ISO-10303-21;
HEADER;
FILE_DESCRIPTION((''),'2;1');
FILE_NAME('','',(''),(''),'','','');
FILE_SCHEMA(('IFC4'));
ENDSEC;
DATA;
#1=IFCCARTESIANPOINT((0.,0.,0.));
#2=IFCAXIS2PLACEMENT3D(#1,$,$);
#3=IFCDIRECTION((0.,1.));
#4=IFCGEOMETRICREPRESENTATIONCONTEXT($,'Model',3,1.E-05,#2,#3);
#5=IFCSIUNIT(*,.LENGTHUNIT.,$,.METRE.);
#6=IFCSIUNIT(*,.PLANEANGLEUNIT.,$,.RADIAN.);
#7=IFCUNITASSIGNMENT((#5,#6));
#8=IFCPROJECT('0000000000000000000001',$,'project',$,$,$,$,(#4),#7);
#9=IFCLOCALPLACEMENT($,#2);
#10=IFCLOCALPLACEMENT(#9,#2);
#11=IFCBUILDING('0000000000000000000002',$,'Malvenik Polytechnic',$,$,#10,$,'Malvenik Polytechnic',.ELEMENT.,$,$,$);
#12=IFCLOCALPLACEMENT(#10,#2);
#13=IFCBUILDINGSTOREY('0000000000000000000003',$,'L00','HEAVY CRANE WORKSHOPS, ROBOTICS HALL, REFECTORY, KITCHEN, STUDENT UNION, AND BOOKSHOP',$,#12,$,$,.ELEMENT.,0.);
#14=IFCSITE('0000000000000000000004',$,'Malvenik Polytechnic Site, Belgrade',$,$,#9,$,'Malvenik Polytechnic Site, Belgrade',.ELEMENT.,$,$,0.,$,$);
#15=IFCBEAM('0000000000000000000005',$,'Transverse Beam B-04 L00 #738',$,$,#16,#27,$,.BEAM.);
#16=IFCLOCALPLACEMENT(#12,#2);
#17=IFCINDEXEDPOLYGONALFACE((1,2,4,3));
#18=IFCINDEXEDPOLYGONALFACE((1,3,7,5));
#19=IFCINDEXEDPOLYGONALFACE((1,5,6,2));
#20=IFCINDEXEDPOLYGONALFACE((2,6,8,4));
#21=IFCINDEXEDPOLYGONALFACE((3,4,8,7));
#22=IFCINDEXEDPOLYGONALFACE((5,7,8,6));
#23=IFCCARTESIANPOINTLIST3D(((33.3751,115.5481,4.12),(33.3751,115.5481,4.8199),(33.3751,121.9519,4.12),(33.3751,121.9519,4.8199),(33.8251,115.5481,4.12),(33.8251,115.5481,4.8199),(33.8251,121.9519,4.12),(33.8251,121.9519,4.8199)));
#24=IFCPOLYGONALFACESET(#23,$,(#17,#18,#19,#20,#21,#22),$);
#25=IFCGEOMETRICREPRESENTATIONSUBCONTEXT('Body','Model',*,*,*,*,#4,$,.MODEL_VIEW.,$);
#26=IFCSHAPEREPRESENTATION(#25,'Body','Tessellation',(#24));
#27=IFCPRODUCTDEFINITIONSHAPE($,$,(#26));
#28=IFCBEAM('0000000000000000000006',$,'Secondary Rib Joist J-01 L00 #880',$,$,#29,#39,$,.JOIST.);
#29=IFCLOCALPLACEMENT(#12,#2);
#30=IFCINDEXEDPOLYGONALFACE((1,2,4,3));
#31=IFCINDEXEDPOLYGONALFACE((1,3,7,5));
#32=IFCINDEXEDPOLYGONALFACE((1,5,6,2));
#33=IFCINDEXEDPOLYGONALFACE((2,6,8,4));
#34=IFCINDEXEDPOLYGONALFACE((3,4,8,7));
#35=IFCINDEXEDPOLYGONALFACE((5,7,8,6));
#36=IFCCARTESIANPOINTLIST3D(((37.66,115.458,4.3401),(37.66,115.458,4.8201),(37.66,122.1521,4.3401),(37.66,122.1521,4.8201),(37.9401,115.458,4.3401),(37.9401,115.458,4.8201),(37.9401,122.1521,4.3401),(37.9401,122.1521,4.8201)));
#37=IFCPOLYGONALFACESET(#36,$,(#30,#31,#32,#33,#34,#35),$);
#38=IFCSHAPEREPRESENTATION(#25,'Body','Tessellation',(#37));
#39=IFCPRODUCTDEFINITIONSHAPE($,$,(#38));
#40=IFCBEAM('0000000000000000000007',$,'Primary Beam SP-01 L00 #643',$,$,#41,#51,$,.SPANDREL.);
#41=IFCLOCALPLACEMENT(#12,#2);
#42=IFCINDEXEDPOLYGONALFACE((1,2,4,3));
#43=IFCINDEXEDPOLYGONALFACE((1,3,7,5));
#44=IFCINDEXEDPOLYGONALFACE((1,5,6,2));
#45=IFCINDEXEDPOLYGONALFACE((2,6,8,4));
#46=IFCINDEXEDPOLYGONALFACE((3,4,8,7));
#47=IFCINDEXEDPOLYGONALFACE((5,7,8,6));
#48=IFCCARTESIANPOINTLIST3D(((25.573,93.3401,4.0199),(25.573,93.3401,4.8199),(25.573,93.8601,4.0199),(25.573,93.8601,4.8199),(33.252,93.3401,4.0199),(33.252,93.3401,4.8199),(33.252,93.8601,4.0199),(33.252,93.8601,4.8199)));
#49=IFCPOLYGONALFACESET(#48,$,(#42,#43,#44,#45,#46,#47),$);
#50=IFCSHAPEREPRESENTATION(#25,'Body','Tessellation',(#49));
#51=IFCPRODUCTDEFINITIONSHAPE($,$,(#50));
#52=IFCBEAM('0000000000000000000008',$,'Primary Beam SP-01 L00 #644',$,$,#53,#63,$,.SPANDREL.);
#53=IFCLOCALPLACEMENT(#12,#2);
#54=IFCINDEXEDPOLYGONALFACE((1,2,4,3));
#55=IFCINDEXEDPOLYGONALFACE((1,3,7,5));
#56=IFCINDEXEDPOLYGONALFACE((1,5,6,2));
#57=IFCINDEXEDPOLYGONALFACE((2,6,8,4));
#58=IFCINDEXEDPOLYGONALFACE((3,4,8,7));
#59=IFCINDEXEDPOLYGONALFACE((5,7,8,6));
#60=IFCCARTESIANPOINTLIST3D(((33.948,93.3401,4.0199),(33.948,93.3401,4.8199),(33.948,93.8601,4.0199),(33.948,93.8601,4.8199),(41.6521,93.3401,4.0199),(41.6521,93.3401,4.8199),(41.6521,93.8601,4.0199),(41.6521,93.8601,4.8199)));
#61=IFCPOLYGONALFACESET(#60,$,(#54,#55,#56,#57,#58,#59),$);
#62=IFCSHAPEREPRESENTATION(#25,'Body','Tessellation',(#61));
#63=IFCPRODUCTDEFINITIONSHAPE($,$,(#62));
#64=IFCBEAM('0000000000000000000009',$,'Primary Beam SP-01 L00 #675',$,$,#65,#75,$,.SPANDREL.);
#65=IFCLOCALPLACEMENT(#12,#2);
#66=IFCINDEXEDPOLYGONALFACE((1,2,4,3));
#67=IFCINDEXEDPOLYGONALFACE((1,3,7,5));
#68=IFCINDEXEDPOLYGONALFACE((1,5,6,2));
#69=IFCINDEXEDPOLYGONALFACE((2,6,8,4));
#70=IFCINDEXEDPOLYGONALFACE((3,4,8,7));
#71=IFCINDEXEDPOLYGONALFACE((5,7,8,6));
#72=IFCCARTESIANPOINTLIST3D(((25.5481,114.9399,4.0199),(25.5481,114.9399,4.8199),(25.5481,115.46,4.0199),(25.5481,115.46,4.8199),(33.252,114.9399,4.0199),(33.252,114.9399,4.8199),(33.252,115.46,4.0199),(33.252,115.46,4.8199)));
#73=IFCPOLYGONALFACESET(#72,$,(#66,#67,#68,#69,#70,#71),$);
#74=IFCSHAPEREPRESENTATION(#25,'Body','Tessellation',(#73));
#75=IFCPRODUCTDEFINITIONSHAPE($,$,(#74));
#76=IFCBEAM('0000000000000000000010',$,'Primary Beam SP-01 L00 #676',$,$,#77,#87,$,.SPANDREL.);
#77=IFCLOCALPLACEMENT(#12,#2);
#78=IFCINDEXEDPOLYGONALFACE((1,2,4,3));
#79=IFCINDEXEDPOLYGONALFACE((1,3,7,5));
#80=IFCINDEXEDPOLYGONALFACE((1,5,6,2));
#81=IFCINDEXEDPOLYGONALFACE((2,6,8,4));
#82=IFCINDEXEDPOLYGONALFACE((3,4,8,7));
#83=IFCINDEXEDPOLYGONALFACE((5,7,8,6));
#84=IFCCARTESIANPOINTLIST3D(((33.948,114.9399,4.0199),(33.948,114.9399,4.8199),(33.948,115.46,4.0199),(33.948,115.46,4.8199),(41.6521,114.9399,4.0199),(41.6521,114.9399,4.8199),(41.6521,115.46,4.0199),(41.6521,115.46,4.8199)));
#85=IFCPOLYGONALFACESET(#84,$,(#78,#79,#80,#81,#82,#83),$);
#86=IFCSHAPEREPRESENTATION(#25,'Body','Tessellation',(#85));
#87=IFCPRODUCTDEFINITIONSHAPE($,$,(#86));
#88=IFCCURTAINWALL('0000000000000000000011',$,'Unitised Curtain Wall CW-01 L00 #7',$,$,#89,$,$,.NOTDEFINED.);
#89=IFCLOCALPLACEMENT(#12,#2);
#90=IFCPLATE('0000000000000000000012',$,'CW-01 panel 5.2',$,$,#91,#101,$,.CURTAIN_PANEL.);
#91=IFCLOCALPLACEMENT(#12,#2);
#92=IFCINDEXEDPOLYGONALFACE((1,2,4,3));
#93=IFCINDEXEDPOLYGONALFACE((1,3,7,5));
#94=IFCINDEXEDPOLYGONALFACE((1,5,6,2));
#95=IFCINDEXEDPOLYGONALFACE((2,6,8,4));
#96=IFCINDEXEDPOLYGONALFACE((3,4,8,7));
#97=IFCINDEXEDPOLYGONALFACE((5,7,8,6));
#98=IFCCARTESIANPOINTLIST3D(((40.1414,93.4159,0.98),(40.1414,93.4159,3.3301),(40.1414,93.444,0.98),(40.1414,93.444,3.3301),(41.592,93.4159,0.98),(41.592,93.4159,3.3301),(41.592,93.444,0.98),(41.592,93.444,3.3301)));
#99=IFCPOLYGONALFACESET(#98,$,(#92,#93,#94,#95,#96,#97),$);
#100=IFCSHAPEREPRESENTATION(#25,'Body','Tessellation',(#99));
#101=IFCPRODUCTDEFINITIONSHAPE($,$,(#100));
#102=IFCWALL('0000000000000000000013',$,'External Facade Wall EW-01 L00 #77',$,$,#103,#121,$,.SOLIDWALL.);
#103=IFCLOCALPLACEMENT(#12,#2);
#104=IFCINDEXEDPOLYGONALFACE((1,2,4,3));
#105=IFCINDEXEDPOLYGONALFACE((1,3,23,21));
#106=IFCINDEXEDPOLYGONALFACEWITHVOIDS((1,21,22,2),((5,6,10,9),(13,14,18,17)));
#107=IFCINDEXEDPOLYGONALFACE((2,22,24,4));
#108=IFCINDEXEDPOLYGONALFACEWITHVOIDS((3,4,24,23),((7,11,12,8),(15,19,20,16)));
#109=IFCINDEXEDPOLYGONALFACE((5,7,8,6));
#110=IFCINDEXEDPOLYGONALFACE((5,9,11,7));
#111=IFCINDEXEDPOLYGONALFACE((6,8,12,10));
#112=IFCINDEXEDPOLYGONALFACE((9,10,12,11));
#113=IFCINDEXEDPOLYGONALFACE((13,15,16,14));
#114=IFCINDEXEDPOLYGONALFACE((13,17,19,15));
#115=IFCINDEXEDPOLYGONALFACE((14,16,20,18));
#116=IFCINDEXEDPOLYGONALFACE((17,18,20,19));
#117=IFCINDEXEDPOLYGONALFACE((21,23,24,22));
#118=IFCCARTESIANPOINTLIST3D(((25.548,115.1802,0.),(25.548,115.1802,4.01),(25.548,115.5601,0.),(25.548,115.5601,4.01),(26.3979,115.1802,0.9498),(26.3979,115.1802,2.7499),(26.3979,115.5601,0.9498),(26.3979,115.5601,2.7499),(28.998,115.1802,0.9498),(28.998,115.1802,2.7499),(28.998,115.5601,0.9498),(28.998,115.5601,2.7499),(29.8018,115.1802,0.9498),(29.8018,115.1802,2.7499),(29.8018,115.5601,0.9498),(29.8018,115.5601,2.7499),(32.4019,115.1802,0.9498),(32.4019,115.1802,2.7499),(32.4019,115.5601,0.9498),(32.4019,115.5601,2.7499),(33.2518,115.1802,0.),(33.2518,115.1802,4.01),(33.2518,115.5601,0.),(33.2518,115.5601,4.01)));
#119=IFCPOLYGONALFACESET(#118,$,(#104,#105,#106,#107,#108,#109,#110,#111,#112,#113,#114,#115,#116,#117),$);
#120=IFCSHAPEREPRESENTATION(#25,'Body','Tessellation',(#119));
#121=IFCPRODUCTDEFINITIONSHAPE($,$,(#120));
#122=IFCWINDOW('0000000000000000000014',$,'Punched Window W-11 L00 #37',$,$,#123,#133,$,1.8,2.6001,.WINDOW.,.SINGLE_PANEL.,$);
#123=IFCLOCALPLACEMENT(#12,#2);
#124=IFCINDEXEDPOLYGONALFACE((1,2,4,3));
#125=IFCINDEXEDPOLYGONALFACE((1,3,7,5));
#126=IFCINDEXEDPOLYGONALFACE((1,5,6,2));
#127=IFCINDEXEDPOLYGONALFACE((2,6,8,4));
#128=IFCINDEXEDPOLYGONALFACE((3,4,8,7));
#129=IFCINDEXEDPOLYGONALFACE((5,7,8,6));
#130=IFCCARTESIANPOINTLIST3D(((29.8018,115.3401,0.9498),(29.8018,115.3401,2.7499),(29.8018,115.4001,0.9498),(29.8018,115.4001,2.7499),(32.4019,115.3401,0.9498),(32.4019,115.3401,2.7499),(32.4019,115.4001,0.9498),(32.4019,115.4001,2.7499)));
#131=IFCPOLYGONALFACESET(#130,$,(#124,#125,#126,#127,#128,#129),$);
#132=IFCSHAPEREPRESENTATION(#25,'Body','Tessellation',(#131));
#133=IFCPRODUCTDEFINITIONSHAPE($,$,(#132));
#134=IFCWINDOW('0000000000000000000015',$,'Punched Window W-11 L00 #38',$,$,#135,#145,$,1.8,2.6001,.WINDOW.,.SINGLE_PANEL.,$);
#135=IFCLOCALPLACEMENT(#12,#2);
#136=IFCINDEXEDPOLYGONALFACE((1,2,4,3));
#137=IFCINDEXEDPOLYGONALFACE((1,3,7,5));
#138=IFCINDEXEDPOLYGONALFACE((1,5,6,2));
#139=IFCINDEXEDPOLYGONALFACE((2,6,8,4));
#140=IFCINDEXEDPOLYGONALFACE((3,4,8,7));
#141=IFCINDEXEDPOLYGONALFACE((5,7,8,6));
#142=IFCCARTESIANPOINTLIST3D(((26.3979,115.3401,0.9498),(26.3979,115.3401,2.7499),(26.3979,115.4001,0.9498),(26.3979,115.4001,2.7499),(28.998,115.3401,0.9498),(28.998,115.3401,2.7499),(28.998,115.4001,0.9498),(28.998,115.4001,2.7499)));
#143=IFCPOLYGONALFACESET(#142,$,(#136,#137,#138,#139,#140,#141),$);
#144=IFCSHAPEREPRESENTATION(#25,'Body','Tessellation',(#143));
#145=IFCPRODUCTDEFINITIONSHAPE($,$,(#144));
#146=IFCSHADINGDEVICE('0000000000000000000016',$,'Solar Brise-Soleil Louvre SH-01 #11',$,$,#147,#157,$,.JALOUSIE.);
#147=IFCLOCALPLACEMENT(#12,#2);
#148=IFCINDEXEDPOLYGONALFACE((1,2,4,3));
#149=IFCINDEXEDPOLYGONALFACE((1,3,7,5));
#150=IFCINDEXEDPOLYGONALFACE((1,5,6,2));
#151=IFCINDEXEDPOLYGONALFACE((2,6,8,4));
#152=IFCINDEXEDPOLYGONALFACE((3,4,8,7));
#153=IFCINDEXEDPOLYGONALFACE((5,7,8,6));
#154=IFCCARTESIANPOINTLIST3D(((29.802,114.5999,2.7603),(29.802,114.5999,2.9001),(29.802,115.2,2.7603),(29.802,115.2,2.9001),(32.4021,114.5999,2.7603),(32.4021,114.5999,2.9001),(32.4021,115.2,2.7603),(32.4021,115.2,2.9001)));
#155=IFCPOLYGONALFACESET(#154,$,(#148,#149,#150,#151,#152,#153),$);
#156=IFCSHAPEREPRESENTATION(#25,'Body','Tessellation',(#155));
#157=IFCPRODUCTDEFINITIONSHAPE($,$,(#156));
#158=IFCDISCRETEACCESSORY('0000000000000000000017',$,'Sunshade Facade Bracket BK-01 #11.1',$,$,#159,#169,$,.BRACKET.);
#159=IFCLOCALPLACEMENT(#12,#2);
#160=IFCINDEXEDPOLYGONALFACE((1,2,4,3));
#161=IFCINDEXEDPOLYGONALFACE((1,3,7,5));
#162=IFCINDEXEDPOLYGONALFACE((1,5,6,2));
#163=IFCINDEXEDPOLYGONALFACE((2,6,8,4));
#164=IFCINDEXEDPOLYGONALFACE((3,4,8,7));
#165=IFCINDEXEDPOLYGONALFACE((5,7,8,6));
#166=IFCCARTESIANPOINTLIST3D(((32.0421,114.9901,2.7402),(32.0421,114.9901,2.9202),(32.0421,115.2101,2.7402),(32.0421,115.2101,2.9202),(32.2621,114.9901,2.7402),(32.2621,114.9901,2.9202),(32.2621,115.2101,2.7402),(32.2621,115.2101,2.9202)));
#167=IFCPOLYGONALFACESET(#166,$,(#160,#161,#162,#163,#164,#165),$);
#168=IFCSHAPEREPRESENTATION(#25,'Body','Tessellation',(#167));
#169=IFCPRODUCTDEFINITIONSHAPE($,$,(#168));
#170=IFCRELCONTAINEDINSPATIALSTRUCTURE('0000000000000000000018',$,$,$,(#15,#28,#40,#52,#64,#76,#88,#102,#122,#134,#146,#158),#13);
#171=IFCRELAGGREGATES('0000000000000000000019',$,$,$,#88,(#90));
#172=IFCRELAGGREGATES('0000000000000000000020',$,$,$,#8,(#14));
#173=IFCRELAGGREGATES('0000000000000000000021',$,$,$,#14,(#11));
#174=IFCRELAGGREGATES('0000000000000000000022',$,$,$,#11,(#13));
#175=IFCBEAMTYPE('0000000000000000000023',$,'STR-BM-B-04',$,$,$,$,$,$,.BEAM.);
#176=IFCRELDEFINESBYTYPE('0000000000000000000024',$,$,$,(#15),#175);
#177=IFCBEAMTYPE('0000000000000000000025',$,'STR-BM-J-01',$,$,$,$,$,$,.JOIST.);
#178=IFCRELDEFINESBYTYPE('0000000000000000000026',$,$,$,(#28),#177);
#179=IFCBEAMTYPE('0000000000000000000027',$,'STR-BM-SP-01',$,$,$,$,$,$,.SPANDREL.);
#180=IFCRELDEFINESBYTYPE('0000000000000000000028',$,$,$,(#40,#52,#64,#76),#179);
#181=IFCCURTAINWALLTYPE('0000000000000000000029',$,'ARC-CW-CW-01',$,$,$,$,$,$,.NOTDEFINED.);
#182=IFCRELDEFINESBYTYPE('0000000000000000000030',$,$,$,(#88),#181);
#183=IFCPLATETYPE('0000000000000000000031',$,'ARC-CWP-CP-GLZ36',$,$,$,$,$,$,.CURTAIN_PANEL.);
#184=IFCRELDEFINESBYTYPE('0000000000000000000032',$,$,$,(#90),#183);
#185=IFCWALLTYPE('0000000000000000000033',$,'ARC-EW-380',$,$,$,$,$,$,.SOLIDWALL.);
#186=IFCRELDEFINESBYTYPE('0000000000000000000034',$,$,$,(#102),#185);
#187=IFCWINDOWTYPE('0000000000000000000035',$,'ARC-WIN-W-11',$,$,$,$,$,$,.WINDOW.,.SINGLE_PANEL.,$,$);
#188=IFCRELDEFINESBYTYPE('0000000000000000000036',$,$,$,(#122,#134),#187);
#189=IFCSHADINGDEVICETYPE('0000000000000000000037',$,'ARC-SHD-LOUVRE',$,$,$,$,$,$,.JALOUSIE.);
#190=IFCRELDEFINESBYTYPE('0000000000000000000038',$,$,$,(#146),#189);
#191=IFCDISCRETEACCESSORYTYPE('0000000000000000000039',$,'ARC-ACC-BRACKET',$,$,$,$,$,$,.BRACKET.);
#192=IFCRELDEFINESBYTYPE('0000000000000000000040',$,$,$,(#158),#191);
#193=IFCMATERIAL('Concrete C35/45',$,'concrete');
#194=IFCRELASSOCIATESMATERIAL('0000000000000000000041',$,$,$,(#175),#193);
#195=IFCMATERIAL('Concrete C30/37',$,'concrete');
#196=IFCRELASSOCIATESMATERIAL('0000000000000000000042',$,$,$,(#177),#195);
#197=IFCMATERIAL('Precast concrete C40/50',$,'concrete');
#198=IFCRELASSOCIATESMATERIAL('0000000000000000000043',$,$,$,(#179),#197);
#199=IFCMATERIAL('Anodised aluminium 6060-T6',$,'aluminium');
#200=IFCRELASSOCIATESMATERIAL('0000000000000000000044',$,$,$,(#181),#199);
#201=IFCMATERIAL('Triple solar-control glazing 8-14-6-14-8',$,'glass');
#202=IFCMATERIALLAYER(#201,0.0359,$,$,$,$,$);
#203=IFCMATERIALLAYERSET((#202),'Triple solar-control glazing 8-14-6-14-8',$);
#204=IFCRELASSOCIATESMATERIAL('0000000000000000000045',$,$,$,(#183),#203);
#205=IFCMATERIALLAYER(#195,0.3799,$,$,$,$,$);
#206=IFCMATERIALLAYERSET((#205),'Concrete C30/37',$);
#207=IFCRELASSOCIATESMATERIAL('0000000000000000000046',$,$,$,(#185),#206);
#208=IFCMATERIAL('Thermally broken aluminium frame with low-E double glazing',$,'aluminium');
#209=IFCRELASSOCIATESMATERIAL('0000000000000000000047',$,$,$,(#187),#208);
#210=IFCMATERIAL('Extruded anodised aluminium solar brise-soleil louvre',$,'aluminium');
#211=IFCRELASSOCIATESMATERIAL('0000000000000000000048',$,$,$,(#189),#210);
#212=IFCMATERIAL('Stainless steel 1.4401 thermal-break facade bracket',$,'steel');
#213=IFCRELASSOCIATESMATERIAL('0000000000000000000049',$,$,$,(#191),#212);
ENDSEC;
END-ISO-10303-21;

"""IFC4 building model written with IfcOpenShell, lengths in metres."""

from ifc_helpers import new_model, si_unit, direction, frame, frame_2d, origin, origin_2d, place, context, subcontext, project, spatial, rectangle, extrude, material, layer, layer_set, material_profile, profile_set, type_object, element, fill, aggregate, save


model = new_model("IFC4")

# Units and contexts
model_context = context("Model", 3, precision=1e-05, world=origin(), true_north=direction((0.0, 1.0)))
body_context = subcontext(model_context, "Body", "Model", "MODEL_VIEW")
ifc_project = project(units=[si_unit("LENGTHUNIT", "METRE"), si_unit("PLANEANGLEUNIT", "RADIAN")], contexts=[model_context])

# Site, building, storey
site_placement = place(None, origin())
site = spatial("IfcSite", under=ifc_project, at=site_placement, Name="Malvenik Polytechnic Site, Belgrade", LongName="Malvenik Polytechnic Site, Belgrade", CompositionType="ELEMENT", RefElevation=0.0)
building_placement = place(site_placement, origin())
building = spatial("IfcBuilding", under=site, at=building_placement, Name="Malvenik Polytechnic", LongName="Malvenik Polytechnic", CompositionType="ELEMENT")
storey_placement = place(building_placement, origin())
storey = spatial("IfcBuildingStorey", under=building, at=storey_placement, Name="L00", Description="HEAVY CRANE WORKSHOPS, ROBOTICS HALL, REFECTORY, KITCHEN, STUDENT UNION, AND BOOKSHOP", CompositionType="ELEMENT", Elevation=0.0)

# Beams
ifc_material_1 = material(Name="Concrete C35/45", Category="concrete")
ifc_material_profile_1 = material_profile(ifc_material_1, rectangle(XDim=0.45, YDim=0.7, at=origin_2d()), Name="RC BM 450x700")
ifc_profile_set_1 = profile_set([ifc_material_profile_1], Name="Concrete C35/45")
beam_type_1 = type_object("IfcBeamType", Name="STR-BM-B-04", PredefinedType="BEAM", material=ifc_profile_set_1)
beam_1_placement = place(storey_placement, frame((33.6001, 115.5481, 4.47), z_axis=(0.0, 1.0, 0.0), x_axis=(-1.0, 0.0, 0.0)))
element("IfcBeam", 1, at=beam_1_placement, inside=storey, type_object=beam_type_1, Name="Transverse Beam B-04 L00 #738", PredefinedType="BEAM", context=body_context, shape_type="SweptSolid", body=[
    extrude(rectangle(XDim=0.45, YDim=0.7, at=origin_2d()), origin(), (0.0, 0.0, 1.0), 6.4038),
])
ifc_material_2 = material(Name="Concrete C30/37", Category="concrete")
ifc_material_profile_2 = material_profile(ifc_material_2, rectangle(XDim=0.28, YDim=0.48, at=origin_2d()), Name="RC JST 280x480")
ifc_profile_set_2 = profile_set([ifc_material_profile_2], Name="Concrete C30/37")
beam_type_2 = type_object("IfcBeamType", Name="STR-BM-J-01", PredefinedType="JOIST", material=ifc_profile_set_2)
beam_2_placement = place(storey_placement, frame((37.8, 115.458, 4.5801), z_axis=(0.0, 1.0, 0.0), x_axis=(-1.0, 0.0, 0.0)))
element("IfcBeam", 2, at=beam_2_placement, inside=storey, type_object=beam_type_2, Name="Secondary Rib Joist J-01 L00 #880", PredefinedType="JOIST", context=body_context, shape_type="SweptSolid", body=[
    extrude(rectangle(XDim=0.28, YDim=0.48, at=origin_2d()), origin(), (0.0, 0.0, 1.0), 6.6941),
])
ifc_material_3 = material(Name="Precast concrete C40/50", Category="concrete")
ifc_material_profile_3 = material_profile(ifc_material_3, rectangle(XDim=0.52, YDim=0.8, at=origin_2d()), Name="PC SPN 520x800")
ifc_profile_set_3 = profile_set([ifc_material_profile_3], Name="Precast concrete C40/50")
beam_type_3 = type_object("IfcBeamType", Name="STR-BM-SP-01", PredefinedType="SPANDREL", material=ifc_profile_set_3)
beam_3_placement = place(storey_placement, frame((25.573, 93.6001, 4.4199), z_axis=(1.0, 0.0, 0.0), x_axis=(0.0, 1.0, 0.0)))
element("IfcBeam", 3, at=beam_3_placement, inside=storey, type_object=beam_type_3, Name="Primary Beam SP-01 L00 #643", PredefinedType="SPANDREL", context=body_context, shape_type="SweptSolid", body=[
    extrude(rectangle(XDim=0.52, YDim=0.8, at=origin_2d()), origin(), (0.0, 0.0, 1.0), 7.679),
])
beam_4_placement = place(storey_placement, frame((33.948, 93.6001, 4.4199), z_axis=(1.0, 0.0, 0.0), x_axis=(0.0, 1.0, 0.0)))
element("IfcBeam", 4, at=beam_4_placement, inside=storey, type_object=beam_type_3, Name="Primary Beam SP-01 L00 #644", PredefinedType="SPANDREL", context=body_context, shape_type="SweptSolid", body=[
    extrude(rectangle(XDim=0.52, YDim=0.8, at=origin_2d()), origin(), (0.0, 0.0, 1.0), 7.7041),
])
beam_5_placement = place(storey_placement, frame((25.5481, 115.2, 4.4199), z_axis=(1.0, 0.0, 0.0), x_axis=(0.0, 1.0, 0.0)))
element("IfcBeam", 5, at=beam_5_placement, inside=storey, type_object=beam_type_3, Name="Primary Beam SP-01 L00 #675", PredefinedType="SPANDREL", context=body_context, shape_type="SweptSolid", body=[
    extrude(rectangle(XDim=0.52, YDim=0.8, at=origin_2d()), origin(), (0.0, 0.0, 1.0), 7.7039),
])
beam_6_placement = place(storey_placement, frame((33.948, 115.2, 4.4199), z_axis=(1.0, 0.0, 0.0), x_axis=(0.0, 1.0, 0.0)))
element("IfcBeam", 6, at=beam_6_placement, inside=storey, type_object=beam_type_3, Name="Primary Beam SP-01 L00 #676", PredefinedType="SPANDREL", context=body_context, shape_type="SweptSolid", body=[
    extrude(rectangle(XDim=0.52, YDim=0.8, at=origin_2d()), origin(), (0.0, 0.0, 1.0), 7.7041),
])

# Curtain wall, plate
ifc_material_4 = material(Name="Anodised aluminium 6060-T6", Category="aluminium")
curtain_wall_type = type_object("IfcCurtainWallType", Name="ARC-CW-CW-01", PredefinedType="NOTDEFINED", material=ifc_material_4)
curtain_wall_placement = place(storey_placement, origin())
curtain_wall = element("IfcCurtainWall", 7, at=curtain_wall_placement, inside=storey, type_object=curtain_wall_type, Name="Unitised Curtain Wall CW-01 L00 #7", PredefinedType="NOTDEFINED")
ifc_material_5 = material(Name="Triple solar-control glazing 8-14-6-14-8", Category="glass")
ifc_layer_1 = layer(ifc_material_5, 0.0359)
ifc_layer_set_1 = layer_set([ifc_layer_1], Name="Triple solar-control glazing 8-14-6-14-8")
plate_type = type_object("IfcPlateType", Name="ARC-CWP-CP-GLZ36", PredefinedType="CURTAIN_PANEL", material=ifc_layer_set_1)
plate_placement = place(storey_placement, frame((40.8667, 93.4299, 0.98), z_axis=(0.0, 0.0, 1.0), x_axis=(1.0, 0.0, 0.0)))
plate = element("IfcPlate", 8, at=plate_placement, type_object=plate_type, Name="CW-01 panel 5.2", PredefinedType="CURTAIN_PANEL", context=body_context, shape_type="SweptSolid", body=[
    extrude(rectangle(XDim=1.4507, YDim=0.0281, at=origin_2d()), origin(), (0.0, 0.0, 1.0), 2.3501),
])
aggregate(curtain_wall, [plate])

# Wall, openings, windows
ifc_layer_2 = layer(ifc_material_2, 0.3799)
ifc_layer_set_2 = layer_set([ifc_layer_2], Name="Concrete C30/37")
wall_type = type_object("IfcWallType", Name="ARC-EW-380", PredefinedType="SOLIDWALL", material=ifc_layer_set_2)
wall_placement = place(storey_placement, frame((33.252, 115.3701, 0.0), z_axis=(0.0, 0.0, 1.0), x_axis=(-1.0, 0.0, 0.0)))
wall = element("IfcWall", 9, at=wall_placement, inside=storey, type_object=wall_type, Name="External Facade Wall EW-01 L00 #77", PredefinedType="SOLIDWALL", context=body_context, shape_type="SweptSolid", body=[
    extrude(rectangle(XDim=7.7039, YDim=0.3799, at=frame_2d((3.8521, 0.0))), origin(), (0.0, 0.0, 1.0), 4.01),
])
opening_1_placement = place(wall_placement, frame((0.8501, 0.0, 0.95)))
opening_1 = element("IfcOpeningElement", 10, at=opening_1_placement, cuts=wall, PredefinedType="OPENING", context=body_context, shape_type="SweptSolid", body=[
    extrude(rectangle(XDim=2.6001, YDim=1.8, at=frame_2d((1.3, 0.8999))), frame((0.0, 0.2, 0.0), z_axis=(0.0, -1.0, 0.0), x_axis=(1.0, 0.0, 0.0)), (0.0, 0.0, 1.0), 0.3999),
])
opening_2_placement = place(wall_placement, frame((4.2539, 0.0, 0.95)))
opening_2 = element("IfcOpeningElement", 11, at=opening_2_placement, cuts=wall, PredefinedType="OPENING", context=body_context, shape_type="SweptSolid", body=[
    extrude(rectangle(XDim=2.6001, YDim=1.8, at=frame_2d((1.3, 0.8999))), frame((0.0, 0.2, 0.0), z_axis=(0.0, -1.0, 0.0), x_axis=(1.0, 0.0, 0.0)), (0.0, 0.0, 1.0), 0.3999),
])
ifc_material_6 = material(Name="Thermally broken aluminium frame with low-E double glazing", Category="aluminium")
window_type = type_object("IfcWindowType", Name="ARC-WIN-W-11", PartitioningType="SINGLE_PANEL", PredefinedType="WINDOW", material=ifc_material_6)
window_1_placement = place(opening_1_placement, origin())
window_1 = element("IfcWindow", 12, at=window_1_placement, inside=storey, type_object=window_type, Name="Punched Window W-11 L00 #37", OverallHeight=1.8, OverallWidth=2.6001, PartitioningType="SINGLE_PANEL", PredefinedType="WINDOW", context=body_context, shape_type="SweptSolid", body=[
    extrude(rectangle(XDim=2.6001, YDim=1.8, at=frame_2d((1.3, 0.8999))), frame((0.0, 0.03, 0.0), z_axis=(0.0, -1.0, 0.0), x_axis=(1.0, 0.0, 0.0)), (0.0, 0.0, 1.0), 0.0601),
])
fill(opening_1, window_1)
window_2_placement = place(opening_2_placement, origin())
window_2 = element("IfcWindow", 13, at=window_2_placement, inside=storey, type_object=window_type, Name="Punched Window W-11 L00 #38", OverallHeight=1.8, OverallWidth=2.6001, PartitioningType="SINGLE_PANEL", PredefinedType="WINDOW", context=body_context, shape_type="SweptSolid", body=[
    extrude(rectangle(XDim=2.6001, YDim=1.8, at=frame_2d((1.3, 0.8999))), frame((0.0, 0.03, 0.0), z_axis=(0.0, -1.0, 0.0), x_axis=(1.0, 0.0, 0.0)), (0.0, 0.0, 1.0), 0.0601),
])
fill(opening_2, window_2)

# Shading device
ifc_material_7 = material(Name="Extruded anodised aluminium solar brise-soleil louvre", Category="aluminium")
shading_device_type = type_object("IfcShadingDeviceType", Name="ARC-SHD-LOUVRE", PredefinedType="JALOUSIE", material=ifc_material_7)
shading_device_placement = place(storey_placement, frame((31.1021, 114.8999, 2.7603), z_axis=(0.0, 0.0, 1.0), x_axis=(1.0, 0.0, 0.0)))
element("IfcShadingDevice", 14, at=shading_device_placement, inside=storey, type_object=shading_device_type, Name="Solar Brise-Soleil Louvre SH-01 #11", PredefinedType="JALOUSIE", context=body_context, shape_type="SweptSolid", body=[
    extrude(rectangle(XDim=2.6001, YDim=0.6001, at=origin_2d()), origin(), (0.0, 0.0, 1.0), 0.1399),
])

# Discrete accessory
ifc_material_8 = material(Name="Stainless steel 1.4401 thermal-break facade bracket", Category="steel")
discrete_accessory_type = type_object("IfcDiscreteAccessoryType", Name="ARC-ACC-BRACKET", PredefinedType="BRACKET", material=ifc_material_8)
for number, where, z_axis, x_axis, name in (
    (15, (32.1521, 115.1001, 2.7402), (0.0, 0.0, 1.0), (1.0, 0.0, 0.0), "Sunshade Facade Bracket BK-01 #11.1"),
):
    element("IfcDiscreteAccessory", number, at=place(storey_placement, frame(where, z_axis=z_axis, x_axis=x_axis)), inside=storey, type_object=discrete_accessory_type, Name=name, PredefinedType="BRACKET", context=body_context, shape_type="SweptSolid", body=[
        extrude(rectangle(XDim=0.22, YDim=0.22, at=origin_2d()), origin(), (0.0, 0.0, 1.0), 0.1799),
    ])

save(model, "model.ifc")
